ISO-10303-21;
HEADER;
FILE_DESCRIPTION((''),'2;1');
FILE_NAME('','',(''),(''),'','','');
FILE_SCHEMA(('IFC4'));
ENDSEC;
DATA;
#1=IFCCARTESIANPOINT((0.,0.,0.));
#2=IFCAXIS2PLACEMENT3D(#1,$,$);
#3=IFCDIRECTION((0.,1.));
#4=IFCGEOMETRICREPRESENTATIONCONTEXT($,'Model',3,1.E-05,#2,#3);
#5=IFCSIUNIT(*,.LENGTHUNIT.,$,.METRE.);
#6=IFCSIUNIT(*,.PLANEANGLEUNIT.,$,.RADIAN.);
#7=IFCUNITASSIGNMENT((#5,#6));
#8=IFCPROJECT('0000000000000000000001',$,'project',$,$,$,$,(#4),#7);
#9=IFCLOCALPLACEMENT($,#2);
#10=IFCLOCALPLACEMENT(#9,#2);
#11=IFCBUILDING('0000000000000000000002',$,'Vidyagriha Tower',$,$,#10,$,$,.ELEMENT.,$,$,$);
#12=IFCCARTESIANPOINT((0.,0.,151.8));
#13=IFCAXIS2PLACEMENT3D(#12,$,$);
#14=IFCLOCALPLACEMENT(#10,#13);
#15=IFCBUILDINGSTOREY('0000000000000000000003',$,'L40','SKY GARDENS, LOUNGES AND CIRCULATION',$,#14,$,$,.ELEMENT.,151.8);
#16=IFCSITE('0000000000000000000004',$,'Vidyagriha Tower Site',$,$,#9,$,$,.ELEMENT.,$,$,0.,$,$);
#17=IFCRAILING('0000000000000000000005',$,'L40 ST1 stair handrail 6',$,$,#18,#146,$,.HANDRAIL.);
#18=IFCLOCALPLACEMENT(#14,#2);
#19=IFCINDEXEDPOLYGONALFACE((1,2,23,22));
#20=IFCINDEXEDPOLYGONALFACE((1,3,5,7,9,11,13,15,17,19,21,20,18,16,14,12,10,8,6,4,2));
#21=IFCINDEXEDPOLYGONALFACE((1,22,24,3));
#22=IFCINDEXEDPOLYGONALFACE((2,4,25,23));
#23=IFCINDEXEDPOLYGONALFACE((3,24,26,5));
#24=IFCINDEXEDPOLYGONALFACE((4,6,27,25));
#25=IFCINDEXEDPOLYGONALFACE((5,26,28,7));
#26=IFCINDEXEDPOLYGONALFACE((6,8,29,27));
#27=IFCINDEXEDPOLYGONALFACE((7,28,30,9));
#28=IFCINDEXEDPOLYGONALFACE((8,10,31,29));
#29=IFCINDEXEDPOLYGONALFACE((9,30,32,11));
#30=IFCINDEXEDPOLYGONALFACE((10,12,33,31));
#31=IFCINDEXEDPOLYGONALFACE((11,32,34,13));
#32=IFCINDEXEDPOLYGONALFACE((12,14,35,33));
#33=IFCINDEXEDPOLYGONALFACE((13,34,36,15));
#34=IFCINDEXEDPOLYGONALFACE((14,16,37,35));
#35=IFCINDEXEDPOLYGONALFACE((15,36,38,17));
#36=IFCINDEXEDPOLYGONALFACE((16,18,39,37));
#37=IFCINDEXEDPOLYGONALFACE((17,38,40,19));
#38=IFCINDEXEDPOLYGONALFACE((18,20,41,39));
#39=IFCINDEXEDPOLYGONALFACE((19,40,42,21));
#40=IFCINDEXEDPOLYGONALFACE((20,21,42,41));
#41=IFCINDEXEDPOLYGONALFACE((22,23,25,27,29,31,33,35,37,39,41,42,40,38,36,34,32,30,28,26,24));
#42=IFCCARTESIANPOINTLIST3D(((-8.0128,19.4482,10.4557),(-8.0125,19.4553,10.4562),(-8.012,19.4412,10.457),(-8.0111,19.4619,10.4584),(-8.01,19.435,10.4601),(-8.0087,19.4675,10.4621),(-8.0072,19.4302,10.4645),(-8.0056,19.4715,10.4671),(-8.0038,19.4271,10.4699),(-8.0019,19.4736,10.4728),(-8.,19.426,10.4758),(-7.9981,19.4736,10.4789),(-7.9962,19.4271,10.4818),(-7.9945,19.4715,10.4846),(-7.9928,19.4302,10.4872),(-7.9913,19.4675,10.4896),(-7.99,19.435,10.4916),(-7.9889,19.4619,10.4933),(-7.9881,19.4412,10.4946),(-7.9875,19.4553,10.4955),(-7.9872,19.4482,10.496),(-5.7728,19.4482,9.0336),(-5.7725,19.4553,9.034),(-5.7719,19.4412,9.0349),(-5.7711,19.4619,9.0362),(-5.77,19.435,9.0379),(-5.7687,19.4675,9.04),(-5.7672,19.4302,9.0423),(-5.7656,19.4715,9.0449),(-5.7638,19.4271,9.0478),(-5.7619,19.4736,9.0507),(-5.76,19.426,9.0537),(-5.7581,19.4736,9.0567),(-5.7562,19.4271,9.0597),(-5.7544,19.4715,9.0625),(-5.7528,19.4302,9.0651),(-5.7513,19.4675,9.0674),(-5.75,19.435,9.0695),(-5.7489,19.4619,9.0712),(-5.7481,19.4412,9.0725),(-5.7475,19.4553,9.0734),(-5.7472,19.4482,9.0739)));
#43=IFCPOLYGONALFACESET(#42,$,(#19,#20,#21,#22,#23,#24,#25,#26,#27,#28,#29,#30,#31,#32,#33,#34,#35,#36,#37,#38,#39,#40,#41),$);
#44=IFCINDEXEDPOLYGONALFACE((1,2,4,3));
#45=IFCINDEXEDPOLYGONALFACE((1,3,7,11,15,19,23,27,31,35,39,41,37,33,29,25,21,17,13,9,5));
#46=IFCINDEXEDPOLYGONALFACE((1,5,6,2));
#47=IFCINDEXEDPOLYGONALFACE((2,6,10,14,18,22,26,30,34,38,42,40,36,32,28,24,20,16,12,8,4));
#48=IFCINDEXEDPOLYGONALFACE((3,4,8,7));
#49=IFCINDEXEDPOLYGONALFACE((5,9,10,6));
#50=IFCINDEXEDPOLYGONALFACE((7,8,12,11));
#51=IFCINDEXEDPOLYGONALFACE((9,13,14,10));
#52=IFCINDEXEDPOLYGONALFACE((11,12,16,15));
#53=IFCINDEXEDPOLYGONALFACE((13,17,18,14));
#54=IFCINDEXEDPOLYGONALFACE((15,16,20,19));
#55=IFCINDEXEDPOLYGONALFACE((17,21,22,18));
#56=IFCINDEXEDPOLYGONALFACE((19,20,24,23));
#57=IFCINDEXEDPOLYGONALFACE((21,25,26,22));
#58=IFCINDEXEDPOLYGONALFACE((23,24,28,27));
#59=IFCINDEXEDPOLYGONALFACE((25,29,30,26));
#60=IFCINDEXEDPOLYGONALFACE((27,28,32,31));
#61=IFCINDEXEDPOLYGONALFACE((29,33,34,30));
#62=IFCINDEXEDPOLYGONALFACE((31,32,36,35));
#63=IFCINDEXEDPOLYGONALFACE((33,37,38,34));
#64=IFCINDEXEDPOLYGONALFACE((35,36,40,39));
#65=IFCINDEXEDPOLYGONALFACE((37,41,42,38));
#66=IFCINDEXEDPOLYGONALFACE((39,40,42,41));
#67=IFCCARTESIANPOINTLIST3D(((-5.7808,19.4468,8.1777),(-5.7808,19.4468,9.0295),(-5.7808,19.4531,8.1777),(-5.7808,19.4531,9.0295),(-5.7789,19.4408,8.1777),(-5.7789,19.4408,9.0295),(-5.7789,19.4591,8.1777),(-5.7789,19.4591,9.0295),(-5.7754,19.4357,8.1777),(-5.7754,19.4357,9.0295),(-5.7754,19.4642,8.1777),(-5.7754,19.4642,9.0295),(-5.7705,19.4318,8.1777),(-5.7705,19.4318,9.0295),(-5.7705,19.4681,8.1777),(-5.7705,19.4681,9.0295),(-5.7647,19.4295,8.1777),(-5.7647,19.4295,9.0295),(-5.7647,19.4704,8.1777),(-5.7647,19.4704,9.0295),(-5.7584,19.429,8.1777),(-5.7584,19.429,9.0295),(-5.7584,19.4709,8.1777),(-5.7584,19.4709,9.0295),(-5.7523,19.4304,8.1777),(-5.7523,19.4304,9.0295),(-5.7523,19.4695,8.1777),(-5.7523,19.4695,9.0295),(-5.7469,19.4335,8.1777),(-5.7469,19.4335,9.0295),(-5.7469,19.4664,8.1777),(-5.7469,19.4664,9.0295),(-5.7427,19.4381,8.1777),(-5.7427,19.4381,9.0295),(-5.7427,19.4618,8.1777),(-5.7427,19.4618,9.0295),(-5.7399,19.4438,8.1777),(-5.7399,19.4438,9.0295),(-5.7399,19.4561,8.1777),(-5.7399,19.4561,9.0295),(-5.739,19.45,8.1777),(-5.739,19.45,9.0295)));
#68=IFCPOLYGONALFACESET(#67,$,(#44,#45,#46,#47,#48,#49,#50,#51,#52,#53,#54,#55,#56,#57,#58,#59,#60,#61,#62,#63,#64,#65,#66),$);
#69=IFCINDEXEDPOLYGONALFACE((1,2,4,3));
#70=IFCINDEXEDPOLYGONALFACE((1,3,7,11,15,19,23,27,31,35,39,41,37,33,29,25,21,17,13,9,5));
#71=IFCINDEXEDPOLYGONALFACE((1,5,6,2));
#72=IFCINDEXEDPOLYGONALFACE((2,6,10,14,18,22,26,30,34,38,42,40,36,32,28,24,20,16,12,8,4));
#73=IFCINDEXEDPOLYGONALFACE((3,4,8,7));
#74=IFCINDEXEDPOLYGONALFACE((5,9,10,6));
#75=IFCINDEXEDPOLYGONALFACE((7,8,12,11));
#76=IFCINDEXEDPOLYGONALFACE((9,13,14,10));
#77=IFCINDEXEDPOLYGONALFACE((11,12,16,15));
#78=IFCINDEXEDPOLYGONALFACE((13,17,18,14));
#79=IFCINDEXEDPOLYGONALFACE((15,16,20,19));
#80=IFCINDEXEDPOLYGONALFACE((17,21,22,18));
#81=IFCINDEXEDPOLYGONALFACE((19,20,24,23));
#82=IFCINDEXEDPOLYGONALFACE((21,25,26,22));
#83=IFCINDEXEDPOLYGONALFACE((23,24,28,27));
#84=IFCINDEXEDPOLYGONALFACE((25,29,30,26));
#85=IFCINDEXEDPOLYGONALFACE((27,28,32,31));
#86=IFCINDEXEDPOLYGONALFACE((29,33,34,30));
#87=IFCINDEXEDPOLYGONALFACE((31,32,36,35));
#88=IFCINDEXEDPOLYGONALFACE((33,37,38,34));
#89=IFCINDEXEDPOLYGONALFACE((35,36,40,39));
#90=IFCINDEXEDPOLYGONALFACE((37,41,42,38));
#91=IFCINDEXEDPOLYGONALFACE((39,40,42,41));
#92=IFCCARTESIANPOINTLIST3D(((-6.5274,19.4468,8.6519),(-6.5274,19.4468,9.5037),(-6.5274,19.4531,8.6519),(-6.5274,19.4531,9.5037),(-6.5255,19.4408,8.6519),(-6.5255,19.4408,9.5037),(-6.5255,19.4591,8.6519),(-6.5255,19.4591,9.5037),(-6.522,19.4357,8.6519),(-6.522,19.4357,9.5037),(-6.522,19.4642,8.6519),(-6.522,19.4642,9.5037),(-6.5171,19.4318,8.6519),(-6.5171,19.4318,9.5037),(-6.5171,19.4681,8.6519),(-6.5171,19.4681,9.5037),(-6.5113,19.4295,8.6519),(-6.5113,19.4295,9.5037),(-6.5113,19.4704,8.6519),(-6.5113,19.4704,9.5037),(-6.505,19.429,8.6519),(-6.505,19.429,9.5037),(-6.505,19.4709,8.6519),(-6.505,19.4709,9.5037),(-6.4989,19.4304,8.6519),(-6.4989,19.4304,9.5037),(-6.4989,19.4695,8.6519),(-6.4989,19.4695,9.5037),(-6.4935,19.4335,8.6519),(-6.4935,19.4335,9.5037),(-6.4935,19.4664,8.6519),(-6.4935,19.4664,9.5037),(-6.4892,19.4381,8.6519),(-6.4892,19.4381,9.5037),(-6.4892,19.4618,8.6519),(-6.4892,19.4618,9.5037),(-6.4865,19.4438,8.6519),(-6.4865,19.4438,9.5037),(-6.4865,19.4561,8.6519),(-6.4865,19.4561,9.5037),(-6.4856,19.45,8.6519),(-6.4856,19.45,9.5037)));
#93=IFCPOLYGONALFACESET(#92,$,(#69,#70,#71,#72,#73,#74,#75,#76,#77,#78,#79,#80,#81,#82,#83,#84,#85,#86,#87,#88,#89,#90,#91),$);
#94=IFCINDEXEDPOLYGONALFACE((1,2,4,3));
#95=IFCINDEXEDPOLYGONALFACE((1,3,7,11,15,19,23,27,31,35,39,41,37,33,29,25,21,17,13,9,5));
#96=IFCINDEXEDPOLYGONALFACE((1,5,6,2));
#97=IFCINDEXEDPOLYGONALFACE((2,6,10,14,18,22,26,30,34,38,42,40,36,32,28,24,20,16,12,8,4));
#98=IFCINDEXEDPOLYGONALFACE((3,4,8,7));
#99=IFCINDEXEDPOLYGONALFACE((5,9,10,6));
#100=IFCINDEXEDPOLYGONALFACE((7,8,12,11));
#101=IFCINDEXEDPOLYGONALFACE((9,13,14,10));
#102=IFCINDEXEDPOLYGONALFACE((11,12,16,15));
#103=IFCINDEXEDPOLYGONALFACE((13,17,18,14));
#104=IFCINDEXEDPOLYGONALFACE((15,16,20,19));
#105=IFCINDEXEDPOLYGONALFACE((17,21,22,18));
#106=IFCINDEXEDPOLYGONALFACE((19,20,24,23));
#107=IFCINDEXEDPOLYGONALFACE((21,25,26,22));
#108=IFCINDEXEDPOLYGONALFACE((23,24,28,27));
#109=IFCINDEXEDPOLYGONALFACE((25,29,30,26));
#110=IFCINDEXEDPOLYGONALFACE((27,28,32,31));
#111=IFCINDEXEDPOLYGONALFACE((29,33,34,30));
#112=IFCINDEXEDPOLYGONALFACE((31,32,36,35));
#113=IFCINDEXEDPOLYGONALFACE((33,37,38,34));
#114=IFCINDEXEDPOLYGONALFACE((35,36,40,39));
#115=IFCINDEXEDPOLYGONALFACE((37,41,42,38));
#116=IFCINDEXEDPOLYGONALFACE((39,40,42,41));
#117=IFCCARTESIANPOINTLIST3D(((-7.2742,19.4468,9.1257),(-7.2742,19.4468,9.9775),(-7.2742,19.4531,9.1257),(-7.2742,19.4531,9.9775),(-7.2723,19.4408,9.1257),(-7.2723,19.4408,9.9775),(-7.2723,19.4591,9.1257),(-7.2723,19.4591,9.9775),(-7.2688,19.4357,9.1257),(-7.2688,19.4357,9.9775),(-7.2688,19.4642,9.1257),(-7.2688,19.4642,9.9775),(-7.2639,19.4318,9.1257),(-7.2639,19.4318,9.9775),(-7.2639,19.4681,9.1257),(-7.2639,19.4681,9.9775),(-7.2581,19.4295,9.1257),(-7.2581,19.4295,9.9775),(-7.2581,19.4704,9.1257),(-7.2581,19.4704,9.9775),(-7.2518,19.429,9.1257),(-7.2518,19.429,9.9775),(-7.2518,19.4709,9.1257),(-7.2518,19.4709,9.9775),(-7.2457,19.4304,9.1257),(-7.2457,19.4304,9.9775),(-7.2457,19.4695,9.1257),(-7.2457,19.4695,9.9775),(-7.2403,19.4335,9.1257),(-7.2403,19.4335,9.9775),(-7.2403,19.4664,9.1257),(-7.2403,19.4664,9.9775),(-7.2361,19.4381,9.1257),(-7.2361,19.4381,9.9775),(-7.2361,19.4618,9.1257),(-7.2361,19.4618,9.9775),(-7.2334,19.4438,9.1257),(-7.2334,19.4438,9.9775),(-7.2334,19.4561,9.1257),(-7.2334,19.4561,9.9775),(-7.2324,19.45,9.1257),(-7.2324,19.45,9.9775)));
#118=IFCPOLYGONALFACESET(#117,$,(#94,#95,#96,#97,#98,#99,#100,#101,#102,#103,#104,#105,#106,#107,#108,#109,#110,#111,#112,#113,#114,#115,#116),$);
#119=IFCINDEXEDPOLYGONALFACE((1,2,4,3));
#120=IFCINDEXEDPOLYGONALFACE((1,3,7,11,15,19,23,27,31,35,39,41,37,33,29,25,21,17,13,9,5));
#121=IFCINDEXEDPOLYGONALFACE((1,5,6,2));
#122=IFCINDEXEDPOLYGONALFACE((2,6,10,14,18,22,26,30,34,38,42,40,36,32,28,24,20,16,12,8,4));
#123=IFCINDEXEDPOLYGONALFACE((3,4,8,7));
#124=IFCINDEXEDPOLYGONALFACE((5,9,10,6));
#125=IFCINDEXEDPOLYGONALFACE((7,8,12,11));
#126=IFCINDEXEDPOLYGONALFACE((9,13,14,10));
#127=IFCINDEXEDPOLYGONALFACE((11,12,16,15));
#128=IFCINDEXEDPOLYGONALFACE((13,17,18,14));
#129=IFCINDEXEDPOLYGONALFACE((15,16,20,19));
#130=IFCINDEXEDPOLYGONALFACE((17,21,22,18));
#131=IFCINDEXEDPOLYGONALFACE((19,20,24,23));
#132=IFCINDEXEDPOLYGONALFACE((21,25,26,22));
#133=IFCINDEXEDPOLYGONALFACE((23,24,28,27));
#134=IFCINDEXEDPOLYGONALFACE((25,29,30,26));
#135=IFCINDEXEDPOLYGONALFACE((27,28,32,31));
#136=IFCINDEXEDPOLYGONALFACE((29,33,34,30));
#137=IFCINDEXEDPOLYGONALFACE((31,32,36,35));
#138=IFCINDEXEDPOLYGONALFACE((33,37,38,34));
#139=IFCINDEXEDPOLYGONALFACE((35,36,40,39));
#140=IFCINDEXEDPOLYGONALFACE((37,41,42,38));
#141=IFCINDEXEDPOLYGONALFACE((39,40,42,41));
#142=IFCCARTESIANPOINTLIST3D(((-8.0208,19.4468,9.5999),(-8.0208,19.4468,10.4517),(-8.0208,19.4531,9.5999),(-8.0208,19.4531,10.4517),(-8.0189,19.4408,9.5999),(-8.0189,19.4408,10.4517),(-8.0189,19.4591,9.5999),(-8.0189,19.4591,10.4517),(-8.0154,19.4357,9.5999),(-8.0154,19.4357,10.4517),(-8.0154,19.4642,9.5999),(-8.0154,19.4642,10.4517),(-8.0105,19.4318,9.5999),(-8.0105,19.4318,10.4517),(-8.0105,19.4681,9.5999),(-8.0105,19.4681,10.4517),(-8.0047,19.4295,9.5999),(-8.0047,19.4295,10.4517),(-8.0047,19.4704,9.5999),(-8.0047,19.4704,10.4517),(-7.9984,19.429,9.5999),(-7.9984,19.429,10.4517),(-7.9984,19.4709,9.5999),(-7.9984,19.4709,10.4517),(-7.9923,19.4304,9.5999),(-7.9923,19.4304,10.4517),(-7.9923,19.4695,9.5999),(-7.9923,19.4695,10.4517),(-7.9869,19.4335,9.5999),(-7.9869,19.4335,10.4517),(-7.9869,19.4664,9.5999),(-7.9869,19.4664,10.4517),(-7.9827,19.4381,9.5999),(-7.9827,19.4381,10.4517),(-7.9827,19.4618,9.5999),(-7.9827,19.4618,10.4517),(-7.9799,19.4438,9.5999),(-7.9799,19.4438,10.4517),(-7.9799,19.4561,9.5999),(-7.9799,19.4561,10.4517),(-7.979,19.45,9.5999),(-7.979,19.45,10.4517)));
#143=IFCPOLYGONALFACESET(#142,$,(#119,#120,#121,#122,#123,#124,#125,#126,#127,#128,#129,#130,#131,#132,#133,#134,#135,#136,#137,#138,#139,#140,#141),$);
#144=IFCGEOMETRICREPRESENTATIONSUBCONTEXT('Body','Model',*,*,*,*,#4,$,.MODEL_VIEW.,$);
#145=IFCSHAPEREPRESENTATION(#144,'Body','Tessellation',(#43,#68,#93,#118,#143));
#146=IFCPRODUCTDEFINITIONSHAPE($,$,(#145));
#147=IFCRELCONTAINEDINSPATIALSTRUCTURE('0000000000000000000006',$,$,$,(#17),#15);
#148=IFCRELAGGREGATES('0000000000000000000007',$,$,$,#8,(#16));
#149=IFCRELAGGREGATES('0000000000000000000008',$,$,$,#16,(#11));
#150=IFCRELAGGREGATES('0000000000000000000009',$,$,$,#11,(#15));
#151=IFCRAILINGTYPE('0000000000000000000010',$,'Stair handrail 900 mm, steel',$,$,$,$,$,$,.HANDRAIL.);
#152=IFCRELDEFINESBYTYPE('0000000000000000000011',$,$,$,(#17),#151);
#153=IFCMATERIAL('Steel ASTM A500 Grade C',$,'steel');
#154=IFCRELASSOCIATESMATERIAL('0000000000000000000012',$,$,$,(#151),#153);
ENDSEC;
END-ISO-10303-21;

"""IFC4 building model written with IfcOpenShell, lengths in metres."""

from ifc_helpers import new_model, si_unit, direction, frame, origin, origin_2d, place, context, subcontext, project, spatial, circle, extrude, material, type_object, element, save


model = new_model("IFC4")

# Units and contexts
model_context = context("Model", 3, precision=1e-05, world=origin(), true_north=direction((0.0, 1.0)))
body_context = subcontext(model_context, "Body", "Model", "MODEL_VIEW")
ifc_project = project(units=[si_unit("LENGTHUNIT", "METRE"), si_unit("PLANEANGLEUNIT", "RADIAN")], contexts=[model_context])

# Site, building, storey
site_placement = place(None, origin())
site = spatial("IfcSite", under=ifc_project, at=site_placement, Name="Vidyagriha Tower Site", CompositionType="ELEMENT", RefElevation=0.0)
building_placement = place(site_placement, origin())
building = spatial("IfcBuilding", under=site, at=building_placement, Name="Vidyagriha Tower", CompositionType="ELEMENT")
storey_placement = place(building_placement, frame((0.0, 0.0, 151.8)))
storey = spatial("IfcBuildingStorey", under=building, at=storey_placement, Name="L40", Description="SKY GARDENS, LOUNGES AND CIRCULATION", CompositionType="ELEMENT", Elevation=151.8)

# Railing
ifc_material_1 = material(Name="Steel ASTM A500 Grade C", Category="steel")
railing_type_1 = type_object("IfcRailingType", Name="Stair handrail 900 mm, steel", PredefinedType="HANDRAIL", material=ifc_material_1)
for number, where, name in (
    (1, (-5.76, 19.45, 8.1777), "L40 ST1 stair handrail 6"),
):
    element("IfcRailing", number, at=place(storey_placement, frame(where)), inside=storey, type_object=railing_type_1, Name=name, PredefinedType="HANDRAIL", context=body_context, shape_type="SweptSolid", body=[
        extrude(circle(Radius=0.0239, at=origin_2d()), frame((0.0, 0.0, 0.876), z_axis=(-0.844229, 0.0, 0.535982), x_axis=(0.0, -1.0, 0.0)), (0.0, 0.0, 1.0), 2.6533),
        extrude(circle(Radius=0.021, at=origin_2d()), origin(), (0.0, 0.0, 1.0), 0.8518),
        extrude(circle(Radius=0.021, at=origin_2d()), frame((-0.7466, 0.0, 0.4741)), (0.0, 0.0, 1.0), 0.8518),
        extrude(circle(Radius=0.021, at=origin_2d()), frame((-1.4934, 0.0, 0.948)), (0.0, 0.0, 1.0), 0.8518),
        extrude(circle(Radius=0.021, at=origin_2d()), frame((-2.24, 0.0, 1.4221)), (0.0, 0.0, 1.0), 0.8518),
    ])

save(model, "model.ifc")
